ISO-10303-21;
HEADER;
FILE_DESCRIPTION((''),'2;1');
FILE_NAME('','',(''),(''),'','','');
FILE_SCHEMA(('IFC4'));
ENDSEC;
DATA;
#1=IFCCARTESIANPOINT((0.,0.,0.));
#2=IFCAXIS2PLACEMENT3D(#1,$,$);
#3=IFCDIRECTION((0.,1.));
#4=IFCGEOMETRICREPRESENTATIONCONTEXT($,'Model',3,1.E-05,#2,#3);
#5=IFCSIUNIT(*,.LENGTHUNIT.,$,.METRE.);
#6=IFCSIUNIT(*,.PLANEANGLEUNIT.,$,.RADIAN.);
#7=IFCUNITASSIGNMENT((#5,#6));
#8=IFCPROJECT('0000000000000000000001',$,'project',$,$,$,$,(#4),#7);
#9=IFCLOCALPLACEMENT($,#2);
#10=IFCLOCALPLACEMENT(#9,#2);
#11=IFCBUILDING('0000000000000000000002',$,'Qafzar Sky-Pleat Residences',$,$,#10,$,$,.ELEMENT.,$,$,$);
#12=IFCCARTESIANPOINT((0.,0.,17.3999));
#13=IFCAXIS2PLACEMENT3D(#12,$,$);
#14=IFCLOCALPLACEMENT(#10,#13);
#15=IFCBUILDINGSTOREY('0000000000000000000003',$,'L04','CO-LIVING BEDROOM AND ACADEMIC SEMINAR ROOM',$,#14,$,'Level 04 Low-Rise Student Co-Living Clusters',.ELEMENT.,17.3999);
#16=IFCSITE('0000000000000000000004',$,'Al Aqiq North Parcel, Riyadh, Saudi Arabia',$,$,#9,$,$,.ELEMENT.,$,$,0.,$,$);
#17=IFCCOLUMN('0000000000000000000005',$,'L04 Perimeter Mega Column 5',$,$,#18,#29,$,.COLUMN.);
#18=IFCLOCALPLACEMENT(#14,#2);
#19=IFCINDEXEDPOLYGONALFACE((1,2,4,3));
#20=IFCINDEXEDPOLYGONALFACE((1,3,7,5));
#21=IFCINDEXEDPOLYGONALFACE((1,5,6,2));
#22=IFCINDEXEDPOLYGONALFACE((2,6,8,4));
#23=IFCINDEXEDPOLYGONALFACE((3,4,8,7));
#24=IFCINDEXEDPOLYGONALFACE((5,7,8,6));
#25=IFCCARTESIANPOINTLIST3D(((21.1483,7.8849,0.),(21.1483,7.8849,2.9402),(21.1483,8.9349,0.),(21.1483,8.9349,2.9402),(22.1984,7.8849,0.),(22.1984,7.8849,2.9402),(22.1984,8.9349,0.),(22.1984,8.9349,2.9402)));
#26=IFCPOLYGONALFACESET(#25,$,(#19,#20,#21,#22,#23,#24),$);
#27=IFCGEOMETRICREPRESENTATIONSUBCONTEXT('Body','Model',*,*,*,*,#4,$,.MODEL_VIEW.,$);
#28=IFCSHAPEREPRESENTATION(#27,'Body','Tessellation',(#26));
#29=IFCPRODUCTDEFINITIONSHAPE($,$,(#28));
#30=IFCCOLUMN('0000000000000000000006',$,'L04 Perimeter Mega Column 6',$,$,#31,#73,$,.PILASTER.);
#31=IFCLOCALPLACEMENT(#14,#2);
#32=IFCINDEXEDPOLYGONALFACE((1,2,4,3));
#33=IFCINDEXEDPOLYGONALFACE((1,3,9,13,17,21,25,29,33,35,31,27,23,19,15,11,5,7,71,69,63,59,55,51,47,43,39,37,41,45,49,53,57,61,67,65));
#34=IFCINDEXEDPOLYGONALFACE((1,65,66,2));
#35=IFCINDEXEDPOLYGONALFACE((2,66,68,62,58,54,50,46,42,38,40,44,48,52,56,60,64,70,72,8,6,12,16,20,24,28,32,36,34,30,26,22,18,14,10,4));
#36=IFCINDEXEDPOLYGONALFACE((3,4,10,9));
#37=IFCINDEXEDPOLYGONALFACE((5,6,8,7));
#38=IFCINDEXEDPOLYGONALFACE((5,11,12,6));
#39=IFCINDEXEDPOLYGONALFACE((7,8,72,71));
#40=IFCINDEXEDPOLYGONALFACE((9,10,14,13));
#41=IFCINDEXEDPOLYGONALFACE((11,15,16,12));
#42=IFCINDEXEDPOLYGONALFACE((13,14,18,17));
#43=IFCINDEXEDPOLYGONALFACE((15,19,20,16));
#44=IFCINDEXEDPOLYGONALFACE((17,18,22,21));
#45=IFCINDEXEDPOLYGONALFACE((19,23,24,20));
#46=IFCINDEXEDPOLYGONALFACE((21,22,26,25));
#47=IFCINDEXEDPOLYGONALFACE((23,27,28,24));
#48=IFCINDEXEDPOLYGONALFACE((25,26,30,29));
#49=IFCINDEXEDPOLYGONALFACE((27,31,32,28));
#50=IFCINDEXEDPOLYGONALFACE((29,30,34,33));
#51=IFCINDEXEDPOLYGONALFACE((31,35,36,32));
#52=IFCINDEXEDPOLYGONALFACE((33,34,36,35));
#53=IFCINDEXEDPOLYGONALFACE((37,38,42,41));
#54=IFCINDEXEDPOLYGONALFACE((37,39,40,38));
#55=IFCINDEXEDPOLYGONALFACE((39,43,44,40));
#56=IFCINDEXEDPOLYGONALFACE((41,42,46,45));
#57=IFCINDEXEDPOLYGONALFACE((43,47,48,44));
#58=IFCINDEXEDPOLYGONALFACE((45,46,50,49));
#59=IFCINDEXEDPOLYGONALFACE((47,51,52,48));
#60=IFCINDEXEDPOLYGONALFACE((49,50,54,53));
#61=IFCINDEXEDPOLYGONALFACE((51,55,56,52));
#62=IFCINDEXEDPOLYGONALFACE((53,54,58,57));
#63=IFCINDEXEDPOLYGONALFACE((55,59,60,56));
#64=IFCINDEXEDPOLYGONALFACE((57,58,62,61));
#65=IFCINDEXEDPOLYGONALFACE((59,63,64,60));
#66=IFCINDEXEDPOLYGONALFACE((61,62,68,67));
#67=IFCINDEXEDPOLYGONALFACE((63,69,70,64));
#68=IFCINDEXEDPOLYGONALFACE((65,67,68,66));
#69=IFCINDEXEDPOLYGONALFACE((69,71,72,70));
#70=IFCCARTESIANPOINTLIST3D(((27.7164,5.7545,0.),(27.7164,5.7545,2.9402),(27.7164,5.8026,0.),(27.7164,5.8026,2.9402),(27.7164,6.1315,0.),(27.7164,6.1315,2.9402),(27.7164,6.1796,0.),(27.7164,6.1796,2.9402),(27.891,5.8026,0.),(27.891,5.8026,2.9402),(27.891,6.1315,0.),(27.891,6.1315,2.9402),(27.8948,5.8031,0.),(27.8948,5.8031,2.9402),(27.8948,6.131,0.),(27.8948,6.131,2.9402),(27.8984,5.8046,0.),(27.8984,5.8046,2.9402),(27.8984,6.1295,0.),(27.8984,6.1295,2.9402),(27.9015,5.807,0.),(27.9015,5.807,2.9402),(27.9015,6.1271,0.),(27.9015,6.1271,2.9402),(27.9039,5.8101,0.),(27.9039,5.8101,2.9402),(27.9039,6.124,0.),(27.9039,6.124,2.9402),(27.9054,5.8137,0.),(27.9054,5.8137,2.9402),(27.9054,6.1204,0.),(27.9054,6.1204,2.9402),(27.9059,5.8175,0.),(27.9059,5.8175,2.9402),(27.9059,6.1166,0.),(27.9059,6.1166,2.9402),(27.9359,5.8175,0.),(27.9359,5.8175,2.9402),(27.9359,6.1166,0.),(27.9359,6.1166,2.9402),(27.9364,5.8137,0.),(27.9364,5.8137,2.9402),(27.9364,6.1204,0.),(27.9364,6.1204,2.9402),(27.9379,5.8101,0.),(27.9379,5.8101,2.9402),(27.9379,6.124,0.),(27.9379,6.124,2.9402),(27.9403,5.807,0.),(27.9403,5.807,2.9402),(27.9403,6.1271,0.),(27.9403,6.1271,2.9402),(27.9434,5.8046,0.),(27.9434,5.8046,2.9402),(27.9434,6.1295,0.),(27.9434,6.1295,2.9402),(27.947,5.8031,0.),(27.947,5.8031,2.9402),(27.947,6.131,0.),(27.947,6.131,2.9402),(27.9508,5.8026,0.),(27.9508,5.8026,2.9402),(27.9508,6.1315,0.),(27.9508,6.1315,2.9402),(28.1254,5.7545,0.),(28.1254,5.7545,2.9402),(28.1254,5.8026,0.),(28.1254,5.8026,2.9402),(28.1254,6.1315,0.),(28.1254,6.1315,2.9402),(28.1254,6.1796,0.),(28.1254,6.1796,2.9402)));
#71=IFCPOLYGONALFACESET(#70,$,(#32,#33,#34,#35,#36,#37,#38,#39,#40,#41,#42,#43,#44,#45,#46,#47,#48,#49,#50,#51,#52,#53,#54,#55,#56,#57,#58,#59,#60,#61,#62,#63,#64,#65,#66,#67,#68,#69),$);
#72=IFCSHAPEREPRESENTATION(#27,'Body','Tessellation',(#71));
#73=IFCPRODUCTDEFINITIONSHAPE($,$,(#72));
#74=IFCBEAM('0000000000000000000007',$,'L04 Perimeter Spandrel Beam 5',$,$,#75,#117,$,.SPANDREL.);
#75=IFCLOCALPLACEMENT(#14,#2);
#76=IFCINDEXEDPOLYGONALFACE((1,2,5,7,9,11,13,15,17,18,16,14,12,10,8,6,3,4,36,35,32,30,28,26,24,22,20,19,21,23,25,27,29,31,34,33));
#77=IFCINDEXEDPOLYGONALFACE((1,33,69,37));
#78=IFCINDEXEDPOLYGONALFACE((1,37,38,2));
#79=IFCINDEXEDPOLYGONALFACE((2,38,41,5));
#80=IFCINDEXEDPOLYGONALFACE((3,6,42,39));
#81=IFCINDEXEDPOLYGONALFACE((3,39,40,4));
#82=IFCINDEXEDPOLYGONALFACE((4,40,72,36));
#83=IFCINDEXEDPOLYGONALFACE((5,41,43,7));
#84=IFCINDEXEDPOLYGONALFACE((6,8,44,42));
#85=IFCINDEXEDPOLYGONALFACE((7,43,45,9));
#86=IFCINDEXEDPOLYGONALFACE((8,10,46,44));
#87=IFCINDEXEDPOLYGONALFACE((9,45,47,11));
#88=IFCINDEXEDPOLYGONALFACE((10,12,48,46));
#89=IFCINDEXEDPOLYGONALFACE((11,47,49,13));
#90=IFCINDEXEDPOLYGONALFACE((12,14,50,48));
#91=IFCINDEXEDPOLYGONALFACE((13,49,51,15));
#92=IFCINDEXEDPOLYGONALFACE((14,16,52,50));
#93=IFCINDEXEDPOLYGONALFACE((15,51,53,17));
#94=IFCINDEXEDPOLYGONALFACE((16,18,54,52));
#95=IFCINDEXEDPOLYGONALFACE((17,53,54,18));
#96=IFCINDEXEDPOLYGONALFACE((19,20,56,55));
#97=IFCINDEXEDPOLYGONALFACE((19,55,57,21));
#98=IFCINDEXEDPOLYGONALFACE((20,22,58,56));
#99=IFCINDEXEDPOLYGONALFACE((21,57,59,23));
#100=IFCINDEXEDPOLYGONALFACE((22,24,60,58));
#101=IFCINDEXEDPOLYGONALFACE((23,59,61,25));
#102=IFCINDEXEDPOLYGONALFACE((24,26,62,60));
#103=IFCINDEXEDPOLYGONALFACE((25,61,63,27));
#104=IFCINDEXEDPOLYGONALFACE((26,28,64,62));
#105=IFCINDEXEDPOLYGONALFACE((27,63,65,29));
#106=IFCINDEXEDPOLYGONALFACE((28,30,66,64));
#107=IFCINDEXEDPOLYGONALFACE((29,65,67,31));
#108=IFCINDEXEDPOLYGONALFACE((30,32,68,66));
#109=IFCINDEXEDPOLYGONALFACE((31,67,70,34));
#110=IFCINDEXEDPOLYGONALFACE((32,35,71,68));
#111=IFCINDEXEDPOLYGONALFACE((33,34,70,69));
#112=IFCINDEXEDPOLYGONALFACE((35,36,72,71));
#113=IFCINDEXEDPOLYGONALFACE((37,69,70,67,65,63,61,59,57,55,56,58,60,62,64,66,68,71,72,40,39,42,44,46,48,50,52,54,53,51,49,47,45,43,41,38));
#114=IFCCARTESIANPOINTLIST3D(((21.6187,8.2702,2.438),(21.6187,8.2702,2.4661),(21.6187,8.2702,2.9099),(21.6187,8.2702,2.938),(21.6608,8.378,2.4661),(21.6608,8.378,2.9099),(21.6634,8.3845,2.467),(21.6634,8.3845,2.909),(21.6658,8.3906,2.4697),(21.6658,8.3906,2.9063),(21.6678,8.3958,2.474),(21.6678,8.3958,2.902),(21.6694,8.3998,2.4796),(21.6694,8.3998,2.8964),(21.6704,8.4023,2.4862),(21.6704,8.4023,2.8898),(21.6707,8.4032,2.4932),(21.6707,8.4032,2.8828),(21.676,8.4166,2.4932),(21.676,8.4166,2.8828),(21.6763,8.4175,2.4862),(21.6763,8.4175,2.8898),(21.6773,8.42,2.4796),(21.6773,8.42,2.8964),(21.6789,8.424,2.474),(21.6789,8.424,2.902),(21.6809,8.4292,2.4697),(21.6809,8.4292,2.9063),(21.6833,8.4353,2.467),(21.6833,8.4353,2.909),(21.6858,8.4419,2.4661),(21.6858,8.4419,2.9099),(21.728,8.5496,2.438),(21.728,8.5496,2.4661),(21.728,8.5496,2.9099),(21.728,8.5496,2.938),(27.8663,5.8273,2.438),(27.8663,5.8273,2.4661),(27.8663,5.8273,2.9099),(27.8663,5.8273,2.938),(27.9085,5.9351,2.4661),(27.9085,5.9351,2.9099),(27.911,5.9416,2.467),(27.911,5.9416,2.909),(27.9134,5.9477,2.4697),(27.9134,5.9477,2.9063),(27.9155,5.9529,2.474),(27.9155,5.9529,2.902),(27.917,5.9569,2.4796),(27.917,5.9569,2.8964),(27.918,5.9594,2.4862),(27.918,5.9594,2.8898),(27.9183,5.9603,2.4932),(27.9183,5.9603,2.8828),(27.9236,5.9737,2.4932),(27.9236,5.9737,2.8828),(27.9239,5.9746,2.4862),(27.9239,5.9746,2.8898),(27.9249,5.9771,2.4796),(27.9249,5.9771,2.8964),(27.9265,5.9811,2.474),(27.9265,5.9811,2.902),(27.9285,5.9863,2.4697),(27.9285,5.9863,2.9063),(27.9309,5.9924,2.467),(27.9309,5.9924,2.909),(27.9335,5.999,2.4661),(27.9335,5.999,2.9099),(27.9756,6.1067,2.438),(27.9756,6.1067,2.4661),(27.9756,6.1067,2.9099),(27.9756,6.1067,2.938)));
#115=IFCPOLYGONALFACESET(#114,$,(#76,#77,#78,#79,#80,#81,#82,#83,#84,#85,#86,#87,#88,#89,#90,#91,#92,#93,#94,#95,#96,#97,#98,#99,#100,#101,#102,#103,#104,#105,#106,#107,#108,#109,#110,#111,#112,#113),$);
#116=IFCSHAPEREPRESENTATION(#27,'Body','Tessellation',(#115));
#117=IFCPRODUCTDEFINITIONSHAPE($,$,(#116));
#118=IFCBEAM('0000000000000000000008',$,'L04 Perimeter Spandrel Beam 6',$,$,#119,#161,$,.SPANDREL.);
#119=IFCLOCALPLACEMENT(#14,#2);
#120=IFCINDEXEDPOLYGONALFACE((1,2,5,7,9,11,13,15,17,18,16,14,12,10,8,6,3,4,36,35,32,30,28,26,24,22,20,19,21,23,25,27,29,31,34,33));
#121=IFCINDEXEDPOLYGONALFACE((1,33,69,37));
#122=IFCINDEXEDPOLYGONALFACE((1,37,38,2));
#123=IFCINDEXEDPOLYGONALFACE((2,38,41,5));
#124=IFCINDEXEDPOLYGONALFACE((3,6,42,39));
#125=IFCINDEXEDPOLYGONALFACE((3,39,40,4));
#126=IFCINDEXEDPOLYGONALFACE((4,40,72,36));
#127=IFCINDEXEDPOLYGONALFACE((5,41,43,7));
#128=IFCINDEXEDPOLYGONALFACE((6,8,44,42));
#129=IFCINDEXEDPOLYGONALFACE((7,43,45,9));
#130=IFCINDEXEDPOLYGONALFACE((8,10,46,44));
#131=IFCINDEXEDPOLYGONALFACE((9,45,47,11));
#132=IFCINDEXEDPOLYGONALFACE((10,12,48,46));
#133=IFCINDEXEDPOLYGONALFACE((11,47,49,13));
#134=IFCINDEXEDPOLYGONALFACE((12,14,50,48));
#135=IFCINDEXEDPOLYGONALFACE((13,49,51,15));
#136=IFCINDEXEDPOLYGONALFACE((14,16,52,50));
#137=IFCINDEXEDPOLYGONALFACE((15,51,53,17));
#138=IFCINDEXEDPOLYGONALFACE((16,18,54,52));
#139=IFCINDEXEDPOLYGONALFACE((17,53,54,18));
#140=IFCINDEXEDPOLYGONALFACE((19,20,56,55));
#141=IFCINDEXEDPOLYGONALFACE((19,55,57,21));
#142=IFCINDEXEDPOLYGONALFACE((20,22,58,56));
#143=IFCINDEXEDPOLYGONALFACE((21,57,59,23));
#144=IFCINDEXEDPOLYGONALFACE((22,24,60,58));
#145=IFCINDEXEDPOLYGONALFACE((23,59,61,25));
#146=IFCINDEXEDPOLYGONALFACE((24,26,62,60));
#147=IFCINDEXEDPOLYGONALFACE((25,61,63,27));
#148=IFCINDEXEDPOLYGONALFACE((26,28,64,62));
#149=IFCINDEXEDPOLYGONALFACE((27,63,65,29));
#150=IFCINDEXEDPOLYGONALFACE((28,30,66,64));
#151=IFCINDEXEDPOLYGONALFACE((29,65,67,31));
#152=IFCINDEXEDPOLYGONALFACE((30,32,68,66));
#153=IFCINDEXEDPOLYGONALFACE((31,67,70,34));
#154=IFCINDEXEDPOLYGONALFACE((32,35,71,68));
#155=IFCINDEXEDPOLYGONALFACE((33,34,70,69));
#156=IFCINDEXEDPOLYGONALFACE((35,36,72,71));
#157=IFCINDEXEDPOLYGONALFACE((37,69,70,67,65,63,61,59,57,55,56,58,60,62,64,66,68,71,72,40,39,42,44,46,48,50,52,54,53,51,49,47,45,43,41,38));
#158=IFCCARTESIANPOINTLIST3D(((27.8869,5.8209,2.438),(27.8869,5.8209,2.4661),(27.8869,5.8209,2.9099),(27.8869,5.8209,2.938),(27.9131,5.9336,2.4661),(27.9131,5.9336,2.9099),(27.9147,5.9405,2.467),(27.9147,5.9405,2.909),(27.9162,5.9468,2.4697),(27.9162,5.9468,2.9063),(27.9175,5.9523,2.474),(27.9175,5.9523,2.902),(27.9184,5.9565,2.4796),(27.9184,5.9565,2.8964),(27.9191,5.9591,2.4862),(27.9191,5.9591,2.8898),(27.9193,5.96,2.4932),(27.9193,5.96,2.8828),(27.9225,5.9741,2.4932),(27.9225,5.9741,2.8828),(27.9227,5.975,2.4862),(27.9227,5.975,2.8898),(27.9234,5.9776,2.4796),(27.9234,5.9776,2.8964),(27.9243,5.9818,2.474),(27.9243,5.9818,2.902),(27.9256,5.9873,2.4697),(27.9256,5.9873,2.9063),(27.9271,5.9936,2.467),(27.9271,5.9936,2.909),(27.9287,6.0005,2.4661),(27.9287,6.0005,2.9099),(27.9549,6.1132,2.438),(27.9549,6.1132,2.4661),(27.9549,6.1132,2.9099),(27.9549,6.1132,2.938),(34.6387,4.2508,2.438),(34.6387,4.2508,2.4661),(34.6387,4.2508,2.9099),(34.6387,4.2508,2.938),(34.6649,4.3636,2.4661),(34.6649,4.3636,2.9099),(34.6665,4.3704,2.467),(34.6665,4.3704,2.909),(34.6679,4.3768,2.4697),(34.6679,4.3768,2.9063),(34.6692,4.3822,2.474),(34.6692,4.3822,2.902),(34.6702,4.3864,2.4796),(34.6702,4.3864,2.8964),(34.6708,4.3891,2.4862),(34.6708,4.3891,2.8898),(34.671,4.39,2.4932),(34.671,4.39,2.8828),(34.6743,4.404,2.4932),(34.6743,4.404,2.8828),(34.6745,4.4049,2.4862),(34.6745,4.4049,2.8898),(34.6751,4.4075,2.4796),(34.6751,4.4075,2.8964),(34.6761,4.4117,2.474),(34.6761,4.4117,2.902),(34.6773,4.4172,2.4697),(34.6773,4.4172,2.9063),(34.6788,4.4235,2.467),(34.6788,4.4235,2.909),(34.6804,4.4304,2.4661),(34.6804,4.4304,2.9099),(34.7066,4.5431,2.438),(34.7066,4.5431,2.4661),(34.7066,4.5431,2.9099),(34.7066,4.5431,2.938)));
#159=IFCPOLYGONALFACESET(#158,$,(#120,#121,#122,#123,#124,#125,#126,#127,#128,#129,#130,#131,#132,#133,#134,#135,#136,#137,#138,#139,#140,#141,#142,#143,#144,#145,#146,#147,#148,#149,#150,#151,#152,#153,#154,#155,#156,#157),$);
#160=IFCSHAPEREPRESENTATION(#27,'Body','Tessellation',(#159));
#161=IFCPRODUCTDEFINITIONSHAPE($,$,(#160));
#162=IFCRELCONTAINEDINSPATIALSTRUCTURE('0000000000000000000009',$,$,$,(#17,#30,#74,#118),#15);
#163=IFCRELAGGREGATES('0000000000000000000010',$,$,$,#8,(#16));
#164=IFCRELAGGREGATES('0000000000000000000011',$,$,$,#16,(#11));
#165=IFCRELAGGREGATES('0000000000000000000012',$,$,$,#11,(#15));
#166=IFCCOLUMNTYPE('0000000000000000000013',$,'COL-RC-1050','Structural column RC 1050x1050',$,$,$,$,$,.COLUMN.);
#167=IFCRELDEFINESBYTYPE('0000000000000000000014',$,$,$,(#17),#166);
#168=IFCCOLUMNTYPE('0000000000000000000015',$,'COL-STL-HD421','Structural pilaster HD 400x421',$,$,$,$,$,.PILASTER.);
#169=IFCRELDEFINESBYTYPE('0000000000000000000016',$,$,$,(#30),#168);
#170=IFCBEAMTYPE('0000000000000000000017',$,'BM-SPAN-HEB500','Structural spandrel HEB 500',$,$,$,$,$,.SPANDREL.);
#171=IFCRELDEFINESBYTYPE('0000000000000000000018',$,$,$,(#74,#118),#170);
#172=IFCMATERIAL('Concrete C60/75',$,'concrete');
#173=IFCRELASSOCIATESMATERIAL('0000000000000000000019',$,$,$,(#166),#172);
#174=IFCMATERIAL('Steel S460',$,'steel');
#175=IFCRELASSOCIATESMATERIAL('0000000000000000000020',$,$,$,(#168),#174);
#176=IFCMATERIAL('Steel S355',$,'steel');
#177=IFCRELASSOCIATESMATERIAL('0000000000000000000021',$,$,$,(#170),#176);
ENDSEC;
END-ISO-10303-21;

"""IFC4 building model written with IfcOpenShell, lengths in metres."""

from ifc_helpers import new_model, si_unit, direction, frame, origin, origin_2d, place, context, subcontext, project, spatial, rectangle, i_section, extrude, source, transform, mapped, material, material_profile, profile_set, type_object, element, save


model = new_model("IFC4")

# Units and contexts
model_context = context("Model", 3, precision=1e-05, world=origin(), true_north=direction((0.0, 1.0)))
body_context = subcontext(model_context, "Body", "Model", "MODEL_VIEW")
ifc_project = project(units=[si_unit("LENGTHUNIT", "METRE"), si_unit("PLANEANGLEUNIT", "RADIAN")], contexts=[model_context])

# Site, building, storey
site_placement = place(None, origin())
site = spatial("IfcSite", under=ifc_project, at=site_placement, Name="Al Aqiq North Parcel, Riyadh, Saudi Arabia", CompositionType="ELEMENT", RefElevation=0.0)
building_placement = place(site_placement, origin())
building = spatial("IfcBuilding", under=site, at=building_placement, Name="Qafzar Sky-Pleat Residences", CompositionType="ELEMENT")
storey_placement = place(building_placement, frame((0.0, 0.0, 17.3999)))
storey = spatial("IfcBuildingStorey", under=building, at=storey_placement, Name="L04", Description="CO-LIVING BEDROOM AND ACADEMIC SEMINAR ROOM", LongName="Level 04 Low-Rise Student Co-Living Clusters", CompositionType="ELEMENT", Elevation=17.3999)

# Columns
ifc_material_1 = material(Name="Concrete C60/75", Category="concrete")
ifc_material_profile_1 = material_profile(ifc_material_1, rectangle(XDim=1.05, YDim=1.05, at=origin_2d()), Name="RC 1050x1050")
ifc_profile_set_1 = profile_set([ifc_material_profile_1], Name="Concrete C60/75")
column_type_1 = type_object("IfcColumnType", Name="COL-RC-1050", Description="Structural column RC 1050x1050", PredefinedType="COLUMN", material=ifc_profile_set_1)
shared_shape_1 = source(origin(), body_context, "Body", "SweptSolid", [
    extrude(rectangle(XDim=1.05, YDim=1.05, at=origin_2d()), origin(), (0.0, 0.0, 1.0), 2.9402),
])
column_1_placement = place(storey_placement, frame((21.6733, 8.4099, 0.0), z_axis=(0.0, 0.0, 1.0), x_axis=(1.0, 0.0, 0.0)))
element("IfcColumn", 1, at=column_1_placement, inside=storey, type_object=column_type_1, Name="L04 Perimeter Mega Column 5", PredefinedType="COLUMN", context=body_context, shape_type="MappedRepresentation", body=[
    mapped(shared_shape_1, transform((0.0, 0.0, 0.0), x_axis=(1.0, 0.0, 0.0), y_axis=(0.0, 1.0, 0.0), z_axis=(0.0, 0.0, 1.0), scale=1.0)),
])
ifc_material_2 = material(Name="Steel S460", Category="steel")
ifc_material_profile_2 = material_profile(ifc_material_2, i_section(OverallWidth=0.4089, OverallDepth=0.425, WebThickness=0.03, FlangeThickness=0.0481, FilletRadius=0.0149, at=origin_2d()), Name="HD 400x421")
ifc_profile_set_2 = profile_set([ifc_material_profile_2], Name="Steel S460")
column_type_2 = type_object("IfcColumnType", Name="COL-STL-HD421", Description="Structural pilaster HD 400x421", PredefinedType="PILASTER", material=ifc_profile_set_2)
shared_shape_2 = source(origin(), body_context, "Body", "SweptSolid", [
    extrude(i_section(OverallWidth=0.4089, OverallDepth=0.425, WebThickness=0.03, FlangeThickness=0.0481, FilletRadius=0.0149, at=origin_2d()), origin(), (0.0, 0.0, 1.0), 2.9402),
])
column_2_placement = place(storey_placement, frame((27.9209, 5.967, 0.0), z_axis=(0.0, 0.0, 1.0), x_axis=(1.0, 0.0, 0.0)))
element("IfcColumn", 2, at=column_2_placement, inside=storey, type_object=column_type_2, Name="L04 Perimeter Mega Column 6", PredefinedType="PILASTER", context=body_context, shape_type="MappedRepresentation", body=[
    mapped(shared_shape_2, transform((0.0, 0.0, 0.0), x_axis=(1.0, 0.0, 0.0), y_axis=(0.0, 1.0, 0.0), z_axis=(0.0, 0.0, 1.0), scale=1.0)),
])

# Beams
ifc_material_3 = material(Name="Steel S355", Category="steel")
ifc_material_profile_3 = material_profile(ifc_material_3, i_section(OverallWidth=0.3, OverallDepth=0.5, WebThickness=0.0144, FlangeThickness=0.0281, FilletRadius=0.0271, at=origin_2d()), Name="HEB 500")
ifc_profile_set_3 = profile_set([ifc_material_profile_3], Name="Steel S355")
beam_type_1 = type_object("IfcBeamType", Name="BM-SPAN-HEB500", Description="Structural spandrel HEB 500", PredefinedType="SPANDREL", material=ifc_profile_set_3)
shared_shape_3 = source(origin(), body_context, "Body", "SweptSolid", [
    extrude(i_section(OverallWidth=0.3, OverallDepth=0.5, WebThickness=0.0144, FlangeThickness=0.0281, FilletRadius=0.0271, at=origin_2d()), origin(), (0.0, 0.0, 1.0), 6.7083),
])
beam_1_placement = place(storey_placement, frame((21.6733, 8.4099, 2.688), z_axis=(0.931335, -0.364163, 0.0), x_axis=(0.364163, 0.931335, 0.0)))
element("IfcBeam", 3, at=beam_1_placement, inside=storey, type_object=beam_type_1, Name="L04 Perimeter Spandrel Beam 5", PredefinedType="SPANDREL", context=body_context, shape_type="MappedRepresentation", body=[
    mapped(shared_shape_3, transform((0.0, 0.0, 0.0), x_axis=(1.0, 0.0, 0.0), y_axis=(0.0, 1.0, 0.0), z_axis=(0.0, 0.0, 1.0), scale=1.0)),
])
shared_shape_4 = source(origin(), body_context, "Body", "SweptSolid", [
    extrude(i_section(OverallWidth=0.3, OverallDepth=0.5, WebThickness=0.0144, FlangeThickness=0.0281, FilletRadius=0.0271, at=origin_2d()), origin(), (0.0, 0.0, 1.0), 6.9319),
])
beam_2_placement = place(storey_placement, frame((27.9209, 5.967, 2.688), z_axis=(0.974011, -0.2265, 0.0), x_axis=(0.2265, 0.974011, 0.0)))
element("IfcBeam", 4, at=beam_2_placement, inside=storey, type_object=beam_type_1, Name="L04 Perimeter Spandrel Beam 6", PredefinedType="SPANDREL", context=body_context, shape_type="MappedRepresentation", body=[
    mapped(shared_shape_4, transform((0.0, 0.0, 0.0), x_axis=(1.0, 0.0, 0.0), y_axis=(0.0, 1.0, 0.0), z_axis=(0.0, 0.0, 1.0), scale=1.0)),
])

save(model, "model.ifc")
